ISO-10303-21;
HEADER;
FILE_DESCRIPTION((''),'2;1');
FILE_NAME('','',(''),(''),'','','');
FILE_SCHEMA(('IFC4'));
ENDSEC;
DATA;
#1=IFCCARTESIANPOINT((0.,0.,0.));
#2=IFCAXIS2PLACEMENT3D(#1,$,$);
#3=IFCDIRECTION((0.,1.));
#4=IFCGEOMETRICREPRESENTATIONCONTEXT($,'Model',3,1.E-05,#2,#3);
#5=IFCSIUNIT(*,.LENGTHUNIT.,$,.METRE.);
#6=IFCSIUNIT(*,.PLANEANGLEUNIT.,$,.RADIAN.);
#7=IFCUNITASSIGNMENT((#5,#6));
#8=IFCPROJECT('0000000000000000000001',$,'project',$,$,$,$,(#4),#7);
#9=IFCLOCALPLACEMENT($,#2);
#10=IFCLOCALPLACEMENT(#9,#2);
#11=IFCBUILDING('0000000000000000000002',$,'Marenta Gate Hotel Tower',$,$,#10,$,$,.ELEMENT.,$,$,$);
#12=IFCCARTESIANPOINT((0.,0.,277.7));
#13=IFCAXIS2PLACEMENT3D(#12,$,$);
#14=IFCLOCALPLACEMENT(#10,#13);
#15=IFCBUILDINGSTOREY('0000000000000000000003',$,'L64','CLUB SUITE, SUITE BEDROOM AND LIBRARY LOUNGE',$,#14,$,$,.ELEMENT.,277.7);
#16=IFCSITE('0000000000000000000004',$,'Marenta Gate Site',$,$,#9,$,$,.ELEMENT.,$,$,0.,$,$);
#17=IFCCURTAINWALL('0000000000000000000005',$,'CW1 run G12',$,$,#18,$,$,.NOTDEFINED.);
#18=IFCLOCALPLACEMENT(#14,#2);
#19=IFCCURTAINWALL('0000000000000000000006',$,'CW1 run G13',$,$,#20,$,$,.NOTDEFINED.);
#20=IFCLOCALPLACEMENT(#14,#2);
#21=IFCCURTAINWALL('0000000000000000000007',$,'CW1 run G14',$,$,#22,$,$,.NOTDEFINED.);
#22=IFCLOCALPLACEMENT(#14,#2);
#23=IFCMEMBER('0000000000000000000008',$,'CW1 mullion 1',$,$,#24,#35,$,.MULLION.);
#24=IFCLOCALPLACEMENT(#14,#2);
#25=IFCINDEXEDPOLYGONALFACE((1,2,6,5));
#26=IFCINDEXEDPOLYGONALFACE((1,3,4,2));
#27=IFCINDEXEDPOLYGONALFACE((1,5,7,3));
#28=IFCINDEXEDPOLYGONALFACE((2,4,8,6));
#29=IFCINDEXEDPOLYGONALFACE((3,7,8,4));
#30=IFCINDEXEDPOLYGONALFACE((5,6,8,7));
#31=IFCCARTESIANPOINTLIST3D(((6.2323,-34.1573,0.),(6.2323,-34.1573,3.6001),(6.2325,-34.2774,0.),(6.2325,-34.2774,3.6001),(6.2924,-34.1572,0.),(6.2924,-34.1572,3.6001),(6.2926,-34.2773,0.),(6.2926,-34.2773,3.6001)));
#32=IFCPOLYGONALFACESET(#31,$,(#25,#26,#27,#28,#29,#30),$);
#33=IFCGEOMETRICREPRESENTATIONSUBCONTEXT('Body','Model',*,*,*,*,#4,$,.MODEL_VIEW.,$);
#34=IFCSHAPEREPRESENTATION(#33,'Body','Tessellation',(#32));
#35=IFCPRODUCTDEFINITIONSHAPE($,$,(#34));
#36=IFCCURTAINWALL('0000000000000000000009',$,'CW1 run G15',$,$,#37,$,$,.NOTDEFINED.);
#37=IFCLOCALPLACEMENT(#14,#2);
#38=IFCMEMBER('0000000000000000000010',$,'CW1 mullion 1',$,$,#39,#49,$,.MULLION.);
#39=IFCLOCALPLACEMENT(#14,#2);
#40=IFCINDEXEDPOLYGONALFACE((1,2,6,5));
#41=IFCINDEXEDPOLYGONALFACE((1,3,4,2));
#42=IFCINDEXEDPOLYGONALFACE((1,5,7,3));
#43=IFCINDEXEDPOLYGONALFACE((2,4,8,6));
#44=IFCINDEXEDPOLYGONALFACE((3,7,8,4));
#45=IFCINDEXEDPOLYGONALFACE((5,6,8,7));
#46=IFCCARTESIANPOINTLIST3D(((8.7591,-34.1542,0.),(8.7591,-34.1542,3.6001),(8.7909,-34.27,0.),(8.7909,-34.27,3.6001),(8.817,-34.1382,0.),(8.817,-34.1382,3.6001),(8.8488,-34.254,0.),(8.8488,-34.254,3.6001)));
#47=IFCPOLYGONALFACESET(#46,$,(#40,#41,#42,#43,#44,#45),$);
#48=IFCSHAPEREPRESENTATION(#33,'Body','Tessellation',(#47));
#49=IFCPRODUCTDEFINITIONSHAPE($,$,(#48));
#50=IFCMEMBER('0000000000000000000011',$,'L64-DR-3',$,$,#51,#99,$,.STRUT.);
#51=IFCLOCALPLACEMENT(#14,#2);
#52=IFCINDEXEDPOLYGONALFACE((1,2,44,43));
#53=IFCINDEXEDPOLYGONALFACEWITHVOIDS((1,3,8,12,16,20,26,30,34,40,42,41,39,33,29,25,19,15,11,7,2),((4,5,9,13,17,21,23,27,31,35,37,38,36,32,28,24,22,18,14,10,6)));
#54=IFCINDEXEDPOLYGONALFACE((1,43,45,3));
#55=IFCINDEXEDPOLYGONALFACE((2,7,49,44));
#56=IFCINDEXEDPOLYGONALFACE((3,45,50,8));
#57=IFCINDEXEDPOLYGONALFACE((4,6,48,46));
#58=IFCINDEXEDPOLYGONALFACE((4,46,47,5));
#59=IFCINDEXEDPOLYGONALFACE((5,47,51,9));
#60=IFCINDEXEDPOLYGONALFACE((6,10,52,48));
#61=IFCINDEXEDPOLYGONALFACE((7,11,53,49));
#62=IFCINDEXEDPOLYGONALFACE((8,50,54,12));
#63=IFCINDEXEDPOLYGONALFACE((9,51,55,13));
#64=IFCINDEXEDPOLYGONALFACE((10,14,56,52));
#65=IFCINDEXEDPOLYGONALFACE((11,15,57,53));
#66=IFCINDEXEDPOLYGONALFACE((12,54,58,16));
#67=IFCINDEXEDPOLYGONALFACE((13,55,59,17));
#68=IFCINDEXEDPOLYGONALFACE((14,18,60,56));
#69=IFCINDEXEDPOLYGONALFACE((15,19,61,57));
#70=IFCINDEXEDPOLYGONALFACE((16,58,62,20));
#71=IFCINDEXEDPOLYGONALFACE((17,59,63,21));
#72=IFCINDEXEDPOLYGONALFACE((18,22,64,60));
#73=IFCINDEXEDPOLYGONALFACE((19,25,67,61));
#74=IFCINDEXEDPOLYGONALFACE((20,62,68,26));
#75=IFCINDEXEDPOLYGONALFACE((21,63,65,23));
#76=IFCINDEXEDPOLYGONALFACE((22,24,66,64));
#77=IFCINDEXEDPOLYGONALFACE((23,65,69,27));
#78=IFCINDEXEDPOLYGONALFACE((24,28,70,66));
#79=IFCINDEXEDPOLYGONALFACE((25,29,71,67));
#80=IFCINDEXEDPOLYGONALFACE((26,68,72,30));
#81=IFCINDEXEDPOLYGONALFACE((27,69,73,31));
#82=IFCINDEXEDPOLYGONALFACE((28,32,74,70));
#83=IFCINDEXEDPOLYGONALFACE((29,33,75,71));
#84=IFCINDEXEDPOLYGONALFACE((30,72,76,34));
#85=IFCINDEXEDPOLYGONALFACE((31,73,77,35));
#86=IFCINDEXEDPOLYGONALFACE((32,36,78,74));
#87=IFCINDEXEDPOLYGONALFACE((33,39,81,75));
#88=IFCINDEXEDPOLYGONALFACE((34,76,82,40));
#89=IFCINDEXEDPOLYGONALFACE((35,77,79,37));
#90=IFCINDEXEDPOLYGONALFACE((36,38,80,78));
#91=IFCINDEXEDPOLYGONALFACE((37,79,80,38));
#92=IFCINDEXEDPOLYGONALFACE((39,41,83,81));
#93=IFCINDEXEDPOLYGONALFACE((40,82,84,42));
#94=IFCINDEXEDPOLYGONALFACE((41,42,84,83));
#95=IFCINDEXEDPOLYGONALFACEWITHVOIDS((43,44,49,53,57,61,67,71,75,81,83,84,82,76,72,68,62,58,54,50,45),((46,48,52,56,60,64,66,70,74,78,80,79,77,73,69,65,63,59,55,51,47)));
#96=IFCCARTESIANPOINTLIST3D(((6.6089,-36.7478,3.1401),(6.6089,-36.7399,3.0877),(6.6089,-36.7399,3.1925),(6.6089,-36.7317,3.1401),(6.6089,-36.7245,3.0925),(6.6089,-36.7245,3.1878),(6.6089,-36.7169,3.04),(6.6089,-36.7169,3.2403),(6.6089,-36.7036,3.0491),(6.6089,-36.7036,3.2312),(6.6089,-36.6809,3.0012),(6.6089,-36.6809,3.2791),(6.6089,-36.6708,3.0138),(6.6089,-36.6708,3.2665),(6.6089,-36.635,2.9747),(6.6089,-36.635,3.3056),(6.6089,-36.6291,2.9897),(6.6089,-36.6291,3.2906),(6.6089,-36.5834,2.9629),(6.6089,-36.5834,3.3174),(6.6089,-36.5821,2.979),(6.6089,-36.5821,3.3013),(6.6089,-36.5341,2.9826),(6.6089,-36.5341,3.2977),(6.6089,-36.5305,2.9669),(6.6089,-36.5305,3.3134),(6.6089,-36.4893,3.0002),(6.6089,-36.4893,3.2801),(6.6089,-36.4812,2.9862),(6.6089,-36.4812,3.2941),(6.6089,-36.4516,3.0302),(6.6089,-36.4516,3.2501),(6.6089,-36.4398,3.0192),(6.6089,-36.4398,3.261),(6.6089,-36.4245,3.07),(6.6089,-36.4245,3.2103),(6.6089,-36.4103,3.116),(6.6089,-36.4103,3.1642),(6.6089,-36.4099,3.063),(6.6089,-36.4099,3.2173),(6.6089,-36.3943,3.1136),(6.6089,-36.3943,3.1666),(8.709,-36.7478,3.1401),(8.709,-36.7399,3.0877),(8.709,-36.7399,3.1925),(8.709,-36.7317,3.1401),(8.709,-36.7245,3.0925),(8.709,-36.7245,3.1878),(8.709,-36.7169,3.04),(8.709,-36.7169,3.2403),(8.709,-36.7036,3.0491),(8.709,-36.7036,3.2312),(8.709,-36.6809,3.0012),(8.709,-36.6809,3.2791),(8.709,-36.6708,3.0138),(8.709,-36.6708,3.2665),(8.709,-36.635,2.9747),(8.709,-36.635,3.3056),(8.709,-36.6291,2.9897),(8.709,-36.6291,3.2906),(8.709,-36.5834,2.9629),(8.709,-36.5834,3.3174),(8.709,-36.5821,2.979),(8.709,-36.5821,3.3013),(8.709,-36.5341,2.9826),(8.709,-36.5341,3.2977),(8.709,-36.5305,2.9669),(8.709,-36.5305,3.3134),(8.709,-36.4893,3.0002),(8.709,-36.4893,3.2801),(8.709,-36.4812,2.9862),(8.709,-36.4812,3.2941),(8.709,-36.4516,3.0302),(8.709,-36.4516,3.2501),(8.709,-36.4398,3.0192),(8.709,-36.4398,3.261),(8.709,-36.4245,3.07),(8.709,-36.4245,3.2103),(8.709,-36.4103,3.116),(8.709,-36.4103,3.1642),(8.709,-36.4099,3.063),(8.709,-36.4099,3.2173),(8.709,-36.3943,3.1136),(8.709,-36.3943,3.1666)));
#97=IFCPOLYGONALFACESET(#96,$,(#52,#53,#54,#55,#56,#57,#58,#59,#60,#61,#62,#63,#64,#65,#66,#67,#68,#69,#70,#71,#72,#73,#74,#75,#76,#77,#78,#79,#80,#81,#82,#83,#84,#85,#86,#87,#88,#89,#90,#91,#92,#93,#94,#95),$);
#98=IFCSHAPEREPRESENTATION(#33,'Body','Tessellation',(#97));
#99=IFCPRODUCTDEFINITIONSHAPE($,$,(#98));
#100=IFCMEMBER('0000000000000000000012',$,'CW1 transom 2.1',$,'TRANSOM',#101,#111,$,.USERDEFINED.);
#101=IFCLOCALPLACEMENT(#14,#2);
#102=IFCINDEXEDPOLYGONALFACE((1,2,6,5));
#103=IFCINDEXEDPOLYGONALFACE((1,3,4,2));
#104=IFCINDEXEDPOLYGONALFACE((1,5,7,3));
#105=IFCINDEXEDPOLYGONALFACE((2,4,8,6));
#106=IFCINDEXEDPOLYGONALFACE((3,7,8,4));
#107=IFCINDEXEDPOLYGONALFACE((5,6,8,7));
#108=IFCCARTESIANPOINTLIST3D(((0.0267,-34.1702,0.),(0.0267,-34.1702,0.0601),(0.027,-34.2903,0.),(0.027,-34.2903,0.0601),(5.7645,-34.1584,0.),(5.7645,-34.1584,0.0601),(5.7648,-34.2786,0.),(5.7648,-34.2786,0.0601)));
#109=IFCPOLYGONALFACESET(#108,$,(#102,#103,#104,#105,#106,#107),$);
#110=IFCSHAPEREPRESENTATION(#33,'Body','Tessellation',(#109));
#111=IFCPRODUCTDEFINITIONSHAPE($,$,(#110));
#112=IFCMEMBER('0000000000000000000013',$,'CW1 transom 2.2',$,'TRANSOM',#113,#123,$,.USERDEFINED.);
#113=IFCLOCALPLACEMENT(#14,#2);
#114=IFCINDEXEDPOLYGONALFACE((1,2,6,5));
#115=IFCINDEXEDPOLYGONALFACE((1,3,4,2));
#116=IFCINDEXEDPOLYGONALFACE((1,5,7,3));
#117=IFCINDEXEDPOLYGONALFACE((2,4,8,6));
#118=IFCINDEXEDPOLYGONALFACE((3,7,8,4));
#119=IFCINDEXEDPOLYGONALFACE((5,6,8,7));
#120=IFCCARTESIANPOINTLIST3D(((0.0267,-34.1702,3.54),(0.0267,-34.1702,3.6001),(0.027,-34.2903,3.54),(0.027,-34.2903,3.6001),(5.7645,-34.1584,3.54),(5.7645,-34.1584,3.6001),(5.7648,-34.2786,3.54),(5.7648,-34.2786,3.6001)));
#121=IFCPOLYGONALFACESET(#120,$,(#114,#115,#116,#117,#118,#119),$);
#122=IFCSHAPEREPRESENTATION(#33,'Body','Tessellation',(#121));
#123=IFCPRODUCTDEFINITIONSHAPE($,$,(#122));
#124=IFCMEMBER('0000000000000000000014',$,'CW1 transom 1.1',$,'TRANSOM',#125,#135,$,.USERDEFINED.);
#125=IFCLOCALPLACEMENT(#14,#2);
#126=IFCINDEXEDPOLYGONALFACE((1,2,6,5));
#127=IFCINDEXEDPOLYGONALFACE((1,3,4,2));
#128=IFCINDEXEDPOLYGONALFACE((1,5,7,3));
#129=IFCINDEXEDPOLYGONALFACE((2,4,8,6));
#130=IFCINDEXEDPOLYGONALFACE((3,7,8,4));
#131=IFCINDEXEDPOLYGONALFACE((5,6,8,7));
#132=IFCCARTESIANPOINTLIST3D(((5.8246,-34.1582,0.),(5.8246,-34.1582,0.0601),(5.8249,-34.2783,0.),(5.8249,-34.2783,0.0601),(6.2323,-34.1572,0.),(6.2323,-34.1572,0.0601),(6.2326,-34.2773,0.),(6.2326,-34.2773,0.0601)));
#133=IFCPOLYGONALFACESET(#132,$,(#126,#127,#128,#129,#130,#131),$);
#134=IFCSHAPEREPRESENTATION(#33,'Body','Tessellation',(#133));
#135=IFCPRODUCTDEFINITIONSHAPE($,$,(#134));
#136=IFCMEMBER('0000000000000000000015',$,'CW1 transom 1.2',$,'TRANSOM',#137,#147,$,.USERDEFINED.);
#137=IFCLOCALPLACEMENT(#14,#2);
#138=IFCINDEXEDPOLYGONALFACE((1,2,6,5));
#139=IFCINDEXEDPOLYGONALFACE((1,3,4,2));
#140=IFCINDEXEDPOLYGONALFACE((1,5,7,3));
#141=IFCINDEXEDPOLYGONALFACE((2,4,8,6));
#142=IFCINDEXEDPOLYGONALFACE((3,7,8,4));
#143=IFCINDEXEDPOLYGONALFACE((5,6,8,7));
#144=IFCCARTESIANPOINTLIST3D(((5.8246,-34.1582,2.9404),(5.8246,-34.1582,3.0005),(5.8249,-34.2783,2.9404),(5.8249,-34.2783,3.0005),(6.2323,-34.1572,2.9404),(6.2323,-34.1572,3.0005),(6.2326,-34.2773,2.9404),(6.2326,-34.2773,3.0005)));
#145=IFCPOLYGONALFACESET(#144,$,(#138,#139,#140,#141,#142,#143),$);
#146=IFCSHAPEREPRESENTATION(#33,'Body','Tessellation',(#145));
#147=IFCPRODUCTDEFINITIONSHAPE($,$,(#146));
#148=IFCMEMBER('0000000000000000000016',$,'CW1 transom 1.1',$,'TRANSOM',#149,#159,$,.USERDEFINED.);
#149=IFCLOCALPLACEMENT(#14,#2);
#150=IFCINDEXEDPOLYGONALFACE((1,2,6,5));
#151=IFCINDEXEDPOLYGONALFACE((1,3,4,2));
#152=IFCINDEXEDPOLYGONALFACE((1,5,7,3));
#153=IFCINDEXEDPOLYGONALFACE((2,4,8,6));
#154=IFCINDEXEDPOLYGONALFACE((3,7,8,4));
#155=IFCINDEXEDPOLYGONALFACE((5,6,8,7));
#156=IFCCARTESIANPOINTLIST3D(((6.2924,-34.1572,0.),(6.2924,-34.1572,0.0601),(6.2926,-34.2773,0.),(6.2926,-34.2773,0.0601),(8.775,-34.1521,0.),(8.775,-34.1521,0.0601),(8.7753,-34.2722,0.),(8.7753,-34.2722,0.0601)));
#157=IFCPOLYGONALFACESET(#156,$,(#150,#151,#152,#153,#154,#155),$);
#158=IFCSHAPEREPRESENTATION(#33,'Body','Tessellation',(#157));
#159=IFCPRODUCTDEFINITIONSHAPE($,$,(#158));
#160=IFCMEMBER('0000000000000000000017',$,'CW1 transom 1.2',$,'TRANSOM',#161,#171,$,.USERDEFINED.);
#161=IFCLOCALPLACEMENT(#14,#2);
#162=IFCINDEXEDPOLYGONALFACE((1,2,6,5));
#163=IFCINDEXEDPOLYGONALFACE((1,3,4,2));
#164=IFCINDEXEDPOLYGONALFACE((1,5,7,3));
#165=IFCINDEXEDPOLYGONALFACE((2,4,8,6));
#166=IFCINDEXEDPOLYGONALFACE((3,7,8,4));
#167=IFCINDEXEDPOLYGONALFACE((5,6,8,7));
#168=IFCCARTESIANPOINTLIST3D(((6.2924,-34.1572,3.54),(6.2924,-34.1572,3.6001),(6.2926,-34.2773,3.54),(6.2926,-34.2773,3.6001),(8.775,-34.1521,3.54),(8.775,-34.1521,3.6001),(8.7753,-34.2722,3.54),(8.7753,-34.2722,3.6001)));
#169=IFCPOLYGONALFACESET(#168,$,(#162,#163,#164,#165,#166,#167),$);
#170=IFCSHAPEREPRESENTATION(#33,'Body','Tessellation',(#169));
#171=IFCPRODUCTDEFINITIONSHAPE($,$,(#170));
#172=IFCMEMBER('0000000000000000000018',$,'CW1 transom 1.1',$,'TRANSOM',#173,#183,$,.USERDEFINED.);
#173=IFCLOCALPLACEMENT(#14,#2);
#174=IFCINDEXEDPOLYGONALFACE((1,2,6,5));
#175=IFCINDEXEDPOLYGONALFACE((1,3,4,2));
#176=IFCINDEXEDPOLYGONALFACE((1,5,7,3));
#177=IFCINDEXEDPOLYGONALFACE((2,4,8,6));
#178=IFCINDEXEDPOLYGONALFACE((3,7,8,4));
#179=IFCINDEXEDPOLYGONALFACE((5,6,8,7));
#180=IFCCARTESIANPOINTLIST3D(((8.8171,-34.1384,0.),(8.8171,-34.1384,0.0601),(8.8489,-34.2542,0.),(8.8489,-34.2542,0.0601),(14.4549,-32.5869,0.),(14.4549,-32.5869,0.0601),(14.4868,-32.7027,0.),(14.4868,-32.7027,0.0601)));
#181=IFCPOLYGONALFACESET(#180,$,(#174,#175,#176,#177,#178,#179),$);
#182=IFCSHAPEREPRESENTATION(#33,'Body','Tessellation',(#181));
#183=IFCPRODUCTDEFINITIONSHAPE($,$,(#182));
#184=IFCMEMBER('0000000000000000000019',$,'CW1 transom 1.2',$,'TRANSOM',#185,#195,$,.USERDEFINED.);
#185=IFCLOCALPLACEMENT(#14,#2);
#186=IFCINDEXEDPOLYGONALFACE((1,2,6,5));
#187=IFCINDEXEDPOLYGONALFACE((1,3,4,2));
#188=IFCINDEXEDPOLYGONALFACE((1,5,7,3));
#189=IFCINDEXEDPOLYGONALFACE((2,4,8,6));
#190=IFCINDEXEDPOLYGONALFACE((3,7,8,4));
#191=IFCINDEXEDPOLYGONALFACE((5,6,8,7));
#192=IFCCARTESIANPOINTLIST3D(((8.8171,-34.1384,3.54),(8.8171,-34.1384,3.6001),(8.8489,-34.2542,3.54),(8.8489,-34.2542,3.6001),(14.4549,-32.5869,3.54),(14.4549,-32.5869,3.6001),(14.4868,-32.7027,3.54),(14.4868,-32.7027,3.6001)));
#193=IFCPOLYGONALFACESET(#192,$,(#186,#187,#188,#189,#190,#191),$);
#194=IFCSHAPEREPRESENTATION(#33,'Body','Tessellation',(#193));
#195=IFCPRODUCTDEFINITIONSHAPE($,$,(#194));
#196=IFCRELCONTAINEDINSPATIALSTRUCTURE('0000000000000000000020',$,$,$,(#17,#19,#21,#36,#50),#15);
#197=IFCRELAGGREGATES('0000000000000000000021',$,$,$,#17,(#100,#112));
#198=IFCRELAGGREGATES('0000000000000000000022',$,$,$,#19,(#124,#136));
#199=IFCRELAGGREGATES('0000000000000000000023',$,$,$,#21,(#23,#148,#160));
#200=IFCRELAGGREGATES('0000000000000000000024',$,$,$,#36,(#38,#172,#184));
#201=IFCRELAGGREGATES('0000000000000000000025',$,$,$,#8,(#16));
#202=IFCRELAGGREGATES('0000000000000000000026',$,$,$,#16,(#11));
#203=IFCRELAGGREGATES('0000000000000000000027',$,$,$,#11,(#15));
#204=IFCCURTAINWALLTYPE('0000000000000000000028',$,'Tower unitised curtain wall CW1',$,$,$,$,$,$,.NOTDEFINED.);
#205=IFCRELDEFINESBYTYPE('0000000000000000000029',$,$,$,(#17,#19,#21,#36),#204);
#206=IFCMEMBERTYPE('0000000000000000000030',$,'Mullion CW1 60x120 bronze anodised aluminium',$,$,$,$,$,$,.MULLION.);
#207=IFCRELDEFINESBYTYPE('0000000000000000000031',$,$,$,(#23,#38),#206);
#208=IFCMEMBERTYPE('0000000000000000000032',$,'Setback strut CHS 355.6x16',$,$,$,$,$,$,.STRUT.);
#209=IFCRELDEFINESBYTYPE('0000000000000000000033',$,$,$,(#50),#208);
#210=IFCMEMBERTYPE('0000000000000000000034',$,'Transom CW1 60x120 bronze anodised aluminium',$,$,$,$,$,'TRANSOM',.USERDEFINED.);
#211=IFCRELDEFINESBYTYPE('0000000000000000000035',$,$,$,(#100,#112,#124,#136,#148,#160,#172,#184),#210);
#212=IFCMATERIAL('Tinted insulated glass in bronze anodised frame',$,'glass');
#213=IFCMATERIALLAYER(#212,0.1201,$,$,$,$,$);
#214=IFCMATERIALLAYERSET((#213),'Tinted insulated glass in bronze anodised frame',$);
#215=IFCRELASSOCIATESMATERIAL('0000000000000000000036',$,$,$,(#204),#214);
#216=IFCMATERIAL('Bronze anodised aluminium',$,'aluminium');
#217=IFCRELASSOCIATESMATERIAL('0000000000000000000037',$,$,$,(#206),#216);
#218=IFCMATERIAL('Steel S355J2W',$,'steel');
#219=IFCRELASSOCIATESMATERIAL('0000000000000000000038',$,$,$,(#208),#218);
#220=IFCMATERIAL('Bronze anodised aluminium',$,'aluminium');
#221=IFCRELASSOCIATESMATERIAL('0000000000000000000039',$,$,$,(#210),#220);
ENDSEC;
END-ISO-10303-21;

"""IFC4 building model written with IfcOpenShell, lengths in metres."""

from ifc_helpers import new_model, si_unit, direction, frame, origin, origin_2d, place, context, subcontext, project, spatial, rectangle, hollow_circle, extrude, material, layer, layer_set, material_profile, profile_set, type_object, element, aggregate, save


model = new_model("IFC4")

# Units and contexts
model_context = context("Model", 3, precision=1e-05, world=origin(), true_north=direction((0.0, 1.0)))
body_context = subcontext(model_context, "Body", "Model", "MODEL_VIEW")
ifc_project = project(units=[si_unit("LENGTHUNIT", "METRE"), si_unit("PLANEANGLEUNIT", "RADIAN")], contexts=[model_context])

# Site, building, storey
site_placement = place(None, origin())
site = spatial("IfcSite", under=ifc_project, at=site_placement, Name="Marenta Gate Site", CompositionType="ELEMENT", RefElevation=0.0)
building_placement = place(site_placement, origin())
building = spatial("IfcBuilding", under=site, at=building_placement, Name="Marenta Gate Hotel Tower", CompositionType="ELEMENT")
storey_placement = place(building_placement, frame((0.0, 0.0, 277.7)))
storey = spatial("IfcBuildingStorey", under=building, at=storey_placement, Name="L64", Description="CLUB SUITE, SUITE BEDROOM AND LIBRARY LOUNGE", CompositionType="ELEMENT", Elevation=277.7)

# Curtain walls, members
ifc_material_1 = material(Name="Tinted insulated glass in bronze anodised frame", Category="glass")
ifc_layer_1 = layer(ifc_material_1, 0.1201)
ifc_layer_set_1 = layer_set([ifc_layer_1], Name="Tinted insulated glass in bronze anodised frame")
curtain_wall_type = type_object("IfcCurtainWallType", Name="Tower unitised curtain wall CW1", PredefinedType="NOTDEFINED", material=ifc_layer_set_1)
curtain_wall_1_placement = place(storey_placement, origin())
curtain_wall_1 = element("IfcCurtainWall", 1, at=curtain_wall_1_placement, inside=storey, type_object=curtain_wall_type, Name="CW1 run G12", PredefinedType="NOTDEFINED")
ifc_material_2 = material(Name="Bronze anodised aluminium", Category="aluminium")
ifc_material_profile_1 = material_profile(ifc_material_2, rectangle(XDim=0.1201, YDim=0.0601, at=origin_2d()), Name="Mullion CW1 60x120 bronze anodised aluminium")
ifc_profile_set_1 = profile_set([ifc_material_profile_1], Name="Bronze anodised aluminium")
member_type_1 = type_object("IfcMemberType", Name="Mullion CW1 60x120 bronze anodised aluminium", PredefinedType="MULLION", material=ifc_profile_set_1)
curtain_wall_2_placement = place(storey_placement, origin())
curtain_wall_2 = element("IfcCurtainWall", 2, at=curtain_wall_2_placement, inside=storey, type_object=curtain_wall_type, Name="CW1 run G13", PredefinedType="NOTDEFINED")
curtain_wall_3_placement = place(storey_placement, origin())
curtain_wall_3 = element("IfcCurtainWall", 3, at=curtain_wall_3_placement, inside=storey, type_object=curtain_wall_type, Name="CW1 run G14", PredefinedType="NOTDEFINED")
member_1_placement = place(storey_placement, frame((6.2625, -34.2173, 0.0), z_axis=(0.0, 0.0, 1.0), x_axis=(-0.002084, 0.999998, 0.0)))
member_1 = element("IfcMember", 4, at=member_1_placement, type_object=member_type_1, Name="CW1 mullion 1", PredefinedType="MULLION", context=body_context, shape_type="SweptSolid", body=[
    extrude(rectangle(XDim=0.1201, YDim=0.0601, at=origin_2d()), origin(), (0.0, 0.0, 1.0), 3.6001),
])
curtain_wall_4_placement = place(storey_placement, origin())
curtain_wall_4 = element("IfcCurtainWall", 5, at=curtain_wall_4_placement, inside=storey, type_object=curtain_wall_type, Name="CW1 run G15", PredefinedType="NOTDEFINED")
member_2_placement = place(storey_placement, frame((8.804, -34.2041, 0.0), z_axis=(0.0, 0.0, 1.0), x_axis=(-0.265292, 0.964168, 0.0)))
member_2 = element("IfcMember", 6, at=member_2_placement, type_object=member_type_1, Name="CW1 mullion 1", PredefinedType="MULLION", context=body_context, shape_type="SweptSolid", body=[
    extrude(rectangle(XDim=0.1201, YDim=0.0601, at=origin_2d()), origin(), (0.0, 0.0, 1.0), 3.6001),
])

# Members
ifc_material_3 = material(Name="Steel S355J2W", Category="steel")
ifc_material_profile_2 = material_profile(ifc_material_3, hollow_circle(Radius=0.1777, WallThickness=0.0161, at=origin_2d()), Name="CHS 355.6x16")
ifc_profile_set_2 = profile_set([ifc_material_profile_2], Name="Steel S355J2W")
member_type_2 = type_object("IfcMemberType", Name="Setback strut CHS 355.6x16", PredefinedType="STRUT", material=ifc_profile_set_2)
member_3_placement = place(storey_placement, frame((8.709, -36.5701, 3.1401), z_axis=(-1.0, 0.0, 0.0), x_axis=(0.0, -1.0, 0.0)))
element("IfcMember", 7, at=member_3_placement, inside=storey, type_object=member_type_2, Name="L64-DR-3", PredefinedType="STRUT", context=body_context, shape_type="SweptSolid", body=[
    extrude(hollow_circle(Radius=0.1777, WallThickness=0.0161, at=origin_2d()), origin(), (0.0, 0.0, 1.0), 2.1001),
])
ifc_material_4 = material(Name="Bronze anodised aluminium", Category="aluminium")
ifc_material_profile_3 = material_profile(ifc_material_4, rectangle(XDim=0.1201, YDim=0.0601, at=origin_2d()), Name="Transom CW1 60x120 bronze anodised aluminium")
ifc_profile_set_3 = profile_set([ifc_material_profile_3], Name="Bronze anodised aluminium")
member_type_3 = type_object("IfcMemberType", Name="Transom CW1 60x120 bronze anodised aluminium", ElementType="TRANSOM", PredefinedType="USERDEFINED", material=ifc_profile_set_3)
member_4_placement = place(storey_placement, frame((0.0269, -34.2302, 0.03), z_axis=(0.999998, 0.002042, 0.0), x_axis=(-0.002042, 0.999998, 0.0)))
member_4 = element("IfcMember", 8, at=member_4_placement, type_object=member_type_3, Name="CW1 transom 2.1", ObjectType="TRANSOM", PredefinedType="USERDEFINED", context=body_context, shape_type="SweptSolid", body=[
    extrude(rectangle(XDim=0.1201, YDim=0.0601, at=origin_2d()), origin(), (0.0, 0.0, 1.0), 5.7378),
])
member_5_placement = place(storey_placement, frame((0.0269, -34.2302, 3.5701), z_axis=(0.999998, 0.002042, 0.0), x_axis=(-0.002042, 0.999998, 0.0)))
member_5 = element("IfcMember", 9, at=member_5_placement, type_object=member_type_3, Name="CW1 transom 2.2", ObjectType="TRANSOM", PredefinedType="USERDEFINED", context=body_context, shape_type="SweptSolid", body=[
    extrude(rectangle(XDim=0.1201, YDim=0.0601, at=origin_2d()), origin(), (0.0, 0.0, 1.0), 5.7378),
])
member_6_placement = place(storey_placement, frame((5.8247, -34.2183, 0.03), z_axis=(0.999997, 0.002395, 0.0), x_axis=(-0.002395, 0.999997, 0.0)))
member_6 = element("IfcMember", 10, at=member_6_placement, type_object=member_type_3, Name="CW1 transom 1.1", ObjectType="TRANSOM", PredefinedType="USERDEFINED", context=body_context, shape_type="SweptSolid", body=[
    extrude(rectangle(XDim=0.1201, YDim=0.0601, at=origin_2d()), origin(), (0.0, 0.0, 1.0), 0.4077),
])
member_7_placement = place(storey_placement, frame((5.8247, -34.2183, 2.9705), z_axis=(0.999997, 0.002395, 0.0), x_axis=(-0.002395, 0.999997, 0.0)))
member_7 = element("IfcMember", 11, at=member_7_placement, type_object=member_type_3, Name="CW1 transom 1.2", ObjectType="TRANSOM", PredefinedType="USERDEFINED", context=body_context, shape_type="SweptSolid", body=[
    extrude(rectangle(XDim=0.1201, YDim=0.0601, at=origin_2d()), origin(), (0.0, 0.0, 1.0), 0.4077),
])
member_8_placement = place(storey_placement, frame((6.2925, -34.2173, 0.03), z_axis=(0.999998, 0.002065, 0.0), x_axis=(-0.002065, 0.999998, 0.0)))
member_8 = element("IfcMember", 12, at=member_8_placement, type_object=member_type_3, Name="CW1 transom 1.1", ObjectType="TRANSOM", PredefinedType="USERDEFINED", context=body_context, shape_type="SweptSolid", body=[
    extrude(rectangle(XDim=0.1201, YDim=0.0601, at=origin_2d()), origin(), (0.0, 0.0, 1.0), 2.4827),
])
member_9_placement = place(storey_placement, frame((6.2925, -34.2173, 3.5701), z_axis=(0.999998, 0.002065, 0.0), x_axis=(-0.002065, 0.999998, 0.0)))
member_9 = element("IfcMember", 13, at=member_9_placement, type_object=member_type_3, Name="CW1 transom 1.2", ObjectType="TRANSOM", PredefinedType="USERDEFINED", context=body_context, shape_type="SweptSolid", body=[
    extrude(rectangle(XDim=0.1201, YDim=0.0601, at=origin_2d()), origin(), (0.0, 0.0, 1.0), 2.4827),
])
member_10_placement = place(storey_placement, frame((8.833, -34.1963, 0.03), z_axis=(0.964158, 0.265328, 0.0), x_axis=(-0.265328, 0.964158, 0.0)))
member_10 = element("IfcMember", 14, at=member_10_placement, type_object=member_type_3, Name="CW1 transom 1.1", ObjectType="TRANSOM", PredefinedType="USERDEFINED", context=body_context, shape_type="SweptSolid", body=[
    extrude(rectangle(XDim=0.1201, YDim=0.0601, at=origin_2d()), origin(), (0.0, 0.0, 1.0), 5.8474),
])
member_11_placement = place(storey_placement, frame((8.833, -34.1963, 3.5701), z_axis=(0.964158, 0.265328, 0.0), x_axis=(-0.265328, 0.964158, 0.0)))
member_11 = element("IfcMember", 15, at=member_11_placement, type_object=member_type_3, Name="CW1 transom 1.2", ObjectType="TRANSOM", PredefinedType="USERDEFINED", context=body_context, shape_type="SweptSolid", body=[
    extrude(rectangle(XDim=0.1201, YDim=0.0601, at=origin_2d()), origin(), (0.0, 0.0, 1.0), 5.8474),
])

aggregate(curtain_wall_1, [member_4, member_5])
aggregate(curtain_wall_2, [member_6, member_7])
aggregate(curtain_wall_3, [member_1, member_8, member_9])
aggregate(curtain_wall_4, [member_2, member_10, member_11])

save(model, "model.ifc")
